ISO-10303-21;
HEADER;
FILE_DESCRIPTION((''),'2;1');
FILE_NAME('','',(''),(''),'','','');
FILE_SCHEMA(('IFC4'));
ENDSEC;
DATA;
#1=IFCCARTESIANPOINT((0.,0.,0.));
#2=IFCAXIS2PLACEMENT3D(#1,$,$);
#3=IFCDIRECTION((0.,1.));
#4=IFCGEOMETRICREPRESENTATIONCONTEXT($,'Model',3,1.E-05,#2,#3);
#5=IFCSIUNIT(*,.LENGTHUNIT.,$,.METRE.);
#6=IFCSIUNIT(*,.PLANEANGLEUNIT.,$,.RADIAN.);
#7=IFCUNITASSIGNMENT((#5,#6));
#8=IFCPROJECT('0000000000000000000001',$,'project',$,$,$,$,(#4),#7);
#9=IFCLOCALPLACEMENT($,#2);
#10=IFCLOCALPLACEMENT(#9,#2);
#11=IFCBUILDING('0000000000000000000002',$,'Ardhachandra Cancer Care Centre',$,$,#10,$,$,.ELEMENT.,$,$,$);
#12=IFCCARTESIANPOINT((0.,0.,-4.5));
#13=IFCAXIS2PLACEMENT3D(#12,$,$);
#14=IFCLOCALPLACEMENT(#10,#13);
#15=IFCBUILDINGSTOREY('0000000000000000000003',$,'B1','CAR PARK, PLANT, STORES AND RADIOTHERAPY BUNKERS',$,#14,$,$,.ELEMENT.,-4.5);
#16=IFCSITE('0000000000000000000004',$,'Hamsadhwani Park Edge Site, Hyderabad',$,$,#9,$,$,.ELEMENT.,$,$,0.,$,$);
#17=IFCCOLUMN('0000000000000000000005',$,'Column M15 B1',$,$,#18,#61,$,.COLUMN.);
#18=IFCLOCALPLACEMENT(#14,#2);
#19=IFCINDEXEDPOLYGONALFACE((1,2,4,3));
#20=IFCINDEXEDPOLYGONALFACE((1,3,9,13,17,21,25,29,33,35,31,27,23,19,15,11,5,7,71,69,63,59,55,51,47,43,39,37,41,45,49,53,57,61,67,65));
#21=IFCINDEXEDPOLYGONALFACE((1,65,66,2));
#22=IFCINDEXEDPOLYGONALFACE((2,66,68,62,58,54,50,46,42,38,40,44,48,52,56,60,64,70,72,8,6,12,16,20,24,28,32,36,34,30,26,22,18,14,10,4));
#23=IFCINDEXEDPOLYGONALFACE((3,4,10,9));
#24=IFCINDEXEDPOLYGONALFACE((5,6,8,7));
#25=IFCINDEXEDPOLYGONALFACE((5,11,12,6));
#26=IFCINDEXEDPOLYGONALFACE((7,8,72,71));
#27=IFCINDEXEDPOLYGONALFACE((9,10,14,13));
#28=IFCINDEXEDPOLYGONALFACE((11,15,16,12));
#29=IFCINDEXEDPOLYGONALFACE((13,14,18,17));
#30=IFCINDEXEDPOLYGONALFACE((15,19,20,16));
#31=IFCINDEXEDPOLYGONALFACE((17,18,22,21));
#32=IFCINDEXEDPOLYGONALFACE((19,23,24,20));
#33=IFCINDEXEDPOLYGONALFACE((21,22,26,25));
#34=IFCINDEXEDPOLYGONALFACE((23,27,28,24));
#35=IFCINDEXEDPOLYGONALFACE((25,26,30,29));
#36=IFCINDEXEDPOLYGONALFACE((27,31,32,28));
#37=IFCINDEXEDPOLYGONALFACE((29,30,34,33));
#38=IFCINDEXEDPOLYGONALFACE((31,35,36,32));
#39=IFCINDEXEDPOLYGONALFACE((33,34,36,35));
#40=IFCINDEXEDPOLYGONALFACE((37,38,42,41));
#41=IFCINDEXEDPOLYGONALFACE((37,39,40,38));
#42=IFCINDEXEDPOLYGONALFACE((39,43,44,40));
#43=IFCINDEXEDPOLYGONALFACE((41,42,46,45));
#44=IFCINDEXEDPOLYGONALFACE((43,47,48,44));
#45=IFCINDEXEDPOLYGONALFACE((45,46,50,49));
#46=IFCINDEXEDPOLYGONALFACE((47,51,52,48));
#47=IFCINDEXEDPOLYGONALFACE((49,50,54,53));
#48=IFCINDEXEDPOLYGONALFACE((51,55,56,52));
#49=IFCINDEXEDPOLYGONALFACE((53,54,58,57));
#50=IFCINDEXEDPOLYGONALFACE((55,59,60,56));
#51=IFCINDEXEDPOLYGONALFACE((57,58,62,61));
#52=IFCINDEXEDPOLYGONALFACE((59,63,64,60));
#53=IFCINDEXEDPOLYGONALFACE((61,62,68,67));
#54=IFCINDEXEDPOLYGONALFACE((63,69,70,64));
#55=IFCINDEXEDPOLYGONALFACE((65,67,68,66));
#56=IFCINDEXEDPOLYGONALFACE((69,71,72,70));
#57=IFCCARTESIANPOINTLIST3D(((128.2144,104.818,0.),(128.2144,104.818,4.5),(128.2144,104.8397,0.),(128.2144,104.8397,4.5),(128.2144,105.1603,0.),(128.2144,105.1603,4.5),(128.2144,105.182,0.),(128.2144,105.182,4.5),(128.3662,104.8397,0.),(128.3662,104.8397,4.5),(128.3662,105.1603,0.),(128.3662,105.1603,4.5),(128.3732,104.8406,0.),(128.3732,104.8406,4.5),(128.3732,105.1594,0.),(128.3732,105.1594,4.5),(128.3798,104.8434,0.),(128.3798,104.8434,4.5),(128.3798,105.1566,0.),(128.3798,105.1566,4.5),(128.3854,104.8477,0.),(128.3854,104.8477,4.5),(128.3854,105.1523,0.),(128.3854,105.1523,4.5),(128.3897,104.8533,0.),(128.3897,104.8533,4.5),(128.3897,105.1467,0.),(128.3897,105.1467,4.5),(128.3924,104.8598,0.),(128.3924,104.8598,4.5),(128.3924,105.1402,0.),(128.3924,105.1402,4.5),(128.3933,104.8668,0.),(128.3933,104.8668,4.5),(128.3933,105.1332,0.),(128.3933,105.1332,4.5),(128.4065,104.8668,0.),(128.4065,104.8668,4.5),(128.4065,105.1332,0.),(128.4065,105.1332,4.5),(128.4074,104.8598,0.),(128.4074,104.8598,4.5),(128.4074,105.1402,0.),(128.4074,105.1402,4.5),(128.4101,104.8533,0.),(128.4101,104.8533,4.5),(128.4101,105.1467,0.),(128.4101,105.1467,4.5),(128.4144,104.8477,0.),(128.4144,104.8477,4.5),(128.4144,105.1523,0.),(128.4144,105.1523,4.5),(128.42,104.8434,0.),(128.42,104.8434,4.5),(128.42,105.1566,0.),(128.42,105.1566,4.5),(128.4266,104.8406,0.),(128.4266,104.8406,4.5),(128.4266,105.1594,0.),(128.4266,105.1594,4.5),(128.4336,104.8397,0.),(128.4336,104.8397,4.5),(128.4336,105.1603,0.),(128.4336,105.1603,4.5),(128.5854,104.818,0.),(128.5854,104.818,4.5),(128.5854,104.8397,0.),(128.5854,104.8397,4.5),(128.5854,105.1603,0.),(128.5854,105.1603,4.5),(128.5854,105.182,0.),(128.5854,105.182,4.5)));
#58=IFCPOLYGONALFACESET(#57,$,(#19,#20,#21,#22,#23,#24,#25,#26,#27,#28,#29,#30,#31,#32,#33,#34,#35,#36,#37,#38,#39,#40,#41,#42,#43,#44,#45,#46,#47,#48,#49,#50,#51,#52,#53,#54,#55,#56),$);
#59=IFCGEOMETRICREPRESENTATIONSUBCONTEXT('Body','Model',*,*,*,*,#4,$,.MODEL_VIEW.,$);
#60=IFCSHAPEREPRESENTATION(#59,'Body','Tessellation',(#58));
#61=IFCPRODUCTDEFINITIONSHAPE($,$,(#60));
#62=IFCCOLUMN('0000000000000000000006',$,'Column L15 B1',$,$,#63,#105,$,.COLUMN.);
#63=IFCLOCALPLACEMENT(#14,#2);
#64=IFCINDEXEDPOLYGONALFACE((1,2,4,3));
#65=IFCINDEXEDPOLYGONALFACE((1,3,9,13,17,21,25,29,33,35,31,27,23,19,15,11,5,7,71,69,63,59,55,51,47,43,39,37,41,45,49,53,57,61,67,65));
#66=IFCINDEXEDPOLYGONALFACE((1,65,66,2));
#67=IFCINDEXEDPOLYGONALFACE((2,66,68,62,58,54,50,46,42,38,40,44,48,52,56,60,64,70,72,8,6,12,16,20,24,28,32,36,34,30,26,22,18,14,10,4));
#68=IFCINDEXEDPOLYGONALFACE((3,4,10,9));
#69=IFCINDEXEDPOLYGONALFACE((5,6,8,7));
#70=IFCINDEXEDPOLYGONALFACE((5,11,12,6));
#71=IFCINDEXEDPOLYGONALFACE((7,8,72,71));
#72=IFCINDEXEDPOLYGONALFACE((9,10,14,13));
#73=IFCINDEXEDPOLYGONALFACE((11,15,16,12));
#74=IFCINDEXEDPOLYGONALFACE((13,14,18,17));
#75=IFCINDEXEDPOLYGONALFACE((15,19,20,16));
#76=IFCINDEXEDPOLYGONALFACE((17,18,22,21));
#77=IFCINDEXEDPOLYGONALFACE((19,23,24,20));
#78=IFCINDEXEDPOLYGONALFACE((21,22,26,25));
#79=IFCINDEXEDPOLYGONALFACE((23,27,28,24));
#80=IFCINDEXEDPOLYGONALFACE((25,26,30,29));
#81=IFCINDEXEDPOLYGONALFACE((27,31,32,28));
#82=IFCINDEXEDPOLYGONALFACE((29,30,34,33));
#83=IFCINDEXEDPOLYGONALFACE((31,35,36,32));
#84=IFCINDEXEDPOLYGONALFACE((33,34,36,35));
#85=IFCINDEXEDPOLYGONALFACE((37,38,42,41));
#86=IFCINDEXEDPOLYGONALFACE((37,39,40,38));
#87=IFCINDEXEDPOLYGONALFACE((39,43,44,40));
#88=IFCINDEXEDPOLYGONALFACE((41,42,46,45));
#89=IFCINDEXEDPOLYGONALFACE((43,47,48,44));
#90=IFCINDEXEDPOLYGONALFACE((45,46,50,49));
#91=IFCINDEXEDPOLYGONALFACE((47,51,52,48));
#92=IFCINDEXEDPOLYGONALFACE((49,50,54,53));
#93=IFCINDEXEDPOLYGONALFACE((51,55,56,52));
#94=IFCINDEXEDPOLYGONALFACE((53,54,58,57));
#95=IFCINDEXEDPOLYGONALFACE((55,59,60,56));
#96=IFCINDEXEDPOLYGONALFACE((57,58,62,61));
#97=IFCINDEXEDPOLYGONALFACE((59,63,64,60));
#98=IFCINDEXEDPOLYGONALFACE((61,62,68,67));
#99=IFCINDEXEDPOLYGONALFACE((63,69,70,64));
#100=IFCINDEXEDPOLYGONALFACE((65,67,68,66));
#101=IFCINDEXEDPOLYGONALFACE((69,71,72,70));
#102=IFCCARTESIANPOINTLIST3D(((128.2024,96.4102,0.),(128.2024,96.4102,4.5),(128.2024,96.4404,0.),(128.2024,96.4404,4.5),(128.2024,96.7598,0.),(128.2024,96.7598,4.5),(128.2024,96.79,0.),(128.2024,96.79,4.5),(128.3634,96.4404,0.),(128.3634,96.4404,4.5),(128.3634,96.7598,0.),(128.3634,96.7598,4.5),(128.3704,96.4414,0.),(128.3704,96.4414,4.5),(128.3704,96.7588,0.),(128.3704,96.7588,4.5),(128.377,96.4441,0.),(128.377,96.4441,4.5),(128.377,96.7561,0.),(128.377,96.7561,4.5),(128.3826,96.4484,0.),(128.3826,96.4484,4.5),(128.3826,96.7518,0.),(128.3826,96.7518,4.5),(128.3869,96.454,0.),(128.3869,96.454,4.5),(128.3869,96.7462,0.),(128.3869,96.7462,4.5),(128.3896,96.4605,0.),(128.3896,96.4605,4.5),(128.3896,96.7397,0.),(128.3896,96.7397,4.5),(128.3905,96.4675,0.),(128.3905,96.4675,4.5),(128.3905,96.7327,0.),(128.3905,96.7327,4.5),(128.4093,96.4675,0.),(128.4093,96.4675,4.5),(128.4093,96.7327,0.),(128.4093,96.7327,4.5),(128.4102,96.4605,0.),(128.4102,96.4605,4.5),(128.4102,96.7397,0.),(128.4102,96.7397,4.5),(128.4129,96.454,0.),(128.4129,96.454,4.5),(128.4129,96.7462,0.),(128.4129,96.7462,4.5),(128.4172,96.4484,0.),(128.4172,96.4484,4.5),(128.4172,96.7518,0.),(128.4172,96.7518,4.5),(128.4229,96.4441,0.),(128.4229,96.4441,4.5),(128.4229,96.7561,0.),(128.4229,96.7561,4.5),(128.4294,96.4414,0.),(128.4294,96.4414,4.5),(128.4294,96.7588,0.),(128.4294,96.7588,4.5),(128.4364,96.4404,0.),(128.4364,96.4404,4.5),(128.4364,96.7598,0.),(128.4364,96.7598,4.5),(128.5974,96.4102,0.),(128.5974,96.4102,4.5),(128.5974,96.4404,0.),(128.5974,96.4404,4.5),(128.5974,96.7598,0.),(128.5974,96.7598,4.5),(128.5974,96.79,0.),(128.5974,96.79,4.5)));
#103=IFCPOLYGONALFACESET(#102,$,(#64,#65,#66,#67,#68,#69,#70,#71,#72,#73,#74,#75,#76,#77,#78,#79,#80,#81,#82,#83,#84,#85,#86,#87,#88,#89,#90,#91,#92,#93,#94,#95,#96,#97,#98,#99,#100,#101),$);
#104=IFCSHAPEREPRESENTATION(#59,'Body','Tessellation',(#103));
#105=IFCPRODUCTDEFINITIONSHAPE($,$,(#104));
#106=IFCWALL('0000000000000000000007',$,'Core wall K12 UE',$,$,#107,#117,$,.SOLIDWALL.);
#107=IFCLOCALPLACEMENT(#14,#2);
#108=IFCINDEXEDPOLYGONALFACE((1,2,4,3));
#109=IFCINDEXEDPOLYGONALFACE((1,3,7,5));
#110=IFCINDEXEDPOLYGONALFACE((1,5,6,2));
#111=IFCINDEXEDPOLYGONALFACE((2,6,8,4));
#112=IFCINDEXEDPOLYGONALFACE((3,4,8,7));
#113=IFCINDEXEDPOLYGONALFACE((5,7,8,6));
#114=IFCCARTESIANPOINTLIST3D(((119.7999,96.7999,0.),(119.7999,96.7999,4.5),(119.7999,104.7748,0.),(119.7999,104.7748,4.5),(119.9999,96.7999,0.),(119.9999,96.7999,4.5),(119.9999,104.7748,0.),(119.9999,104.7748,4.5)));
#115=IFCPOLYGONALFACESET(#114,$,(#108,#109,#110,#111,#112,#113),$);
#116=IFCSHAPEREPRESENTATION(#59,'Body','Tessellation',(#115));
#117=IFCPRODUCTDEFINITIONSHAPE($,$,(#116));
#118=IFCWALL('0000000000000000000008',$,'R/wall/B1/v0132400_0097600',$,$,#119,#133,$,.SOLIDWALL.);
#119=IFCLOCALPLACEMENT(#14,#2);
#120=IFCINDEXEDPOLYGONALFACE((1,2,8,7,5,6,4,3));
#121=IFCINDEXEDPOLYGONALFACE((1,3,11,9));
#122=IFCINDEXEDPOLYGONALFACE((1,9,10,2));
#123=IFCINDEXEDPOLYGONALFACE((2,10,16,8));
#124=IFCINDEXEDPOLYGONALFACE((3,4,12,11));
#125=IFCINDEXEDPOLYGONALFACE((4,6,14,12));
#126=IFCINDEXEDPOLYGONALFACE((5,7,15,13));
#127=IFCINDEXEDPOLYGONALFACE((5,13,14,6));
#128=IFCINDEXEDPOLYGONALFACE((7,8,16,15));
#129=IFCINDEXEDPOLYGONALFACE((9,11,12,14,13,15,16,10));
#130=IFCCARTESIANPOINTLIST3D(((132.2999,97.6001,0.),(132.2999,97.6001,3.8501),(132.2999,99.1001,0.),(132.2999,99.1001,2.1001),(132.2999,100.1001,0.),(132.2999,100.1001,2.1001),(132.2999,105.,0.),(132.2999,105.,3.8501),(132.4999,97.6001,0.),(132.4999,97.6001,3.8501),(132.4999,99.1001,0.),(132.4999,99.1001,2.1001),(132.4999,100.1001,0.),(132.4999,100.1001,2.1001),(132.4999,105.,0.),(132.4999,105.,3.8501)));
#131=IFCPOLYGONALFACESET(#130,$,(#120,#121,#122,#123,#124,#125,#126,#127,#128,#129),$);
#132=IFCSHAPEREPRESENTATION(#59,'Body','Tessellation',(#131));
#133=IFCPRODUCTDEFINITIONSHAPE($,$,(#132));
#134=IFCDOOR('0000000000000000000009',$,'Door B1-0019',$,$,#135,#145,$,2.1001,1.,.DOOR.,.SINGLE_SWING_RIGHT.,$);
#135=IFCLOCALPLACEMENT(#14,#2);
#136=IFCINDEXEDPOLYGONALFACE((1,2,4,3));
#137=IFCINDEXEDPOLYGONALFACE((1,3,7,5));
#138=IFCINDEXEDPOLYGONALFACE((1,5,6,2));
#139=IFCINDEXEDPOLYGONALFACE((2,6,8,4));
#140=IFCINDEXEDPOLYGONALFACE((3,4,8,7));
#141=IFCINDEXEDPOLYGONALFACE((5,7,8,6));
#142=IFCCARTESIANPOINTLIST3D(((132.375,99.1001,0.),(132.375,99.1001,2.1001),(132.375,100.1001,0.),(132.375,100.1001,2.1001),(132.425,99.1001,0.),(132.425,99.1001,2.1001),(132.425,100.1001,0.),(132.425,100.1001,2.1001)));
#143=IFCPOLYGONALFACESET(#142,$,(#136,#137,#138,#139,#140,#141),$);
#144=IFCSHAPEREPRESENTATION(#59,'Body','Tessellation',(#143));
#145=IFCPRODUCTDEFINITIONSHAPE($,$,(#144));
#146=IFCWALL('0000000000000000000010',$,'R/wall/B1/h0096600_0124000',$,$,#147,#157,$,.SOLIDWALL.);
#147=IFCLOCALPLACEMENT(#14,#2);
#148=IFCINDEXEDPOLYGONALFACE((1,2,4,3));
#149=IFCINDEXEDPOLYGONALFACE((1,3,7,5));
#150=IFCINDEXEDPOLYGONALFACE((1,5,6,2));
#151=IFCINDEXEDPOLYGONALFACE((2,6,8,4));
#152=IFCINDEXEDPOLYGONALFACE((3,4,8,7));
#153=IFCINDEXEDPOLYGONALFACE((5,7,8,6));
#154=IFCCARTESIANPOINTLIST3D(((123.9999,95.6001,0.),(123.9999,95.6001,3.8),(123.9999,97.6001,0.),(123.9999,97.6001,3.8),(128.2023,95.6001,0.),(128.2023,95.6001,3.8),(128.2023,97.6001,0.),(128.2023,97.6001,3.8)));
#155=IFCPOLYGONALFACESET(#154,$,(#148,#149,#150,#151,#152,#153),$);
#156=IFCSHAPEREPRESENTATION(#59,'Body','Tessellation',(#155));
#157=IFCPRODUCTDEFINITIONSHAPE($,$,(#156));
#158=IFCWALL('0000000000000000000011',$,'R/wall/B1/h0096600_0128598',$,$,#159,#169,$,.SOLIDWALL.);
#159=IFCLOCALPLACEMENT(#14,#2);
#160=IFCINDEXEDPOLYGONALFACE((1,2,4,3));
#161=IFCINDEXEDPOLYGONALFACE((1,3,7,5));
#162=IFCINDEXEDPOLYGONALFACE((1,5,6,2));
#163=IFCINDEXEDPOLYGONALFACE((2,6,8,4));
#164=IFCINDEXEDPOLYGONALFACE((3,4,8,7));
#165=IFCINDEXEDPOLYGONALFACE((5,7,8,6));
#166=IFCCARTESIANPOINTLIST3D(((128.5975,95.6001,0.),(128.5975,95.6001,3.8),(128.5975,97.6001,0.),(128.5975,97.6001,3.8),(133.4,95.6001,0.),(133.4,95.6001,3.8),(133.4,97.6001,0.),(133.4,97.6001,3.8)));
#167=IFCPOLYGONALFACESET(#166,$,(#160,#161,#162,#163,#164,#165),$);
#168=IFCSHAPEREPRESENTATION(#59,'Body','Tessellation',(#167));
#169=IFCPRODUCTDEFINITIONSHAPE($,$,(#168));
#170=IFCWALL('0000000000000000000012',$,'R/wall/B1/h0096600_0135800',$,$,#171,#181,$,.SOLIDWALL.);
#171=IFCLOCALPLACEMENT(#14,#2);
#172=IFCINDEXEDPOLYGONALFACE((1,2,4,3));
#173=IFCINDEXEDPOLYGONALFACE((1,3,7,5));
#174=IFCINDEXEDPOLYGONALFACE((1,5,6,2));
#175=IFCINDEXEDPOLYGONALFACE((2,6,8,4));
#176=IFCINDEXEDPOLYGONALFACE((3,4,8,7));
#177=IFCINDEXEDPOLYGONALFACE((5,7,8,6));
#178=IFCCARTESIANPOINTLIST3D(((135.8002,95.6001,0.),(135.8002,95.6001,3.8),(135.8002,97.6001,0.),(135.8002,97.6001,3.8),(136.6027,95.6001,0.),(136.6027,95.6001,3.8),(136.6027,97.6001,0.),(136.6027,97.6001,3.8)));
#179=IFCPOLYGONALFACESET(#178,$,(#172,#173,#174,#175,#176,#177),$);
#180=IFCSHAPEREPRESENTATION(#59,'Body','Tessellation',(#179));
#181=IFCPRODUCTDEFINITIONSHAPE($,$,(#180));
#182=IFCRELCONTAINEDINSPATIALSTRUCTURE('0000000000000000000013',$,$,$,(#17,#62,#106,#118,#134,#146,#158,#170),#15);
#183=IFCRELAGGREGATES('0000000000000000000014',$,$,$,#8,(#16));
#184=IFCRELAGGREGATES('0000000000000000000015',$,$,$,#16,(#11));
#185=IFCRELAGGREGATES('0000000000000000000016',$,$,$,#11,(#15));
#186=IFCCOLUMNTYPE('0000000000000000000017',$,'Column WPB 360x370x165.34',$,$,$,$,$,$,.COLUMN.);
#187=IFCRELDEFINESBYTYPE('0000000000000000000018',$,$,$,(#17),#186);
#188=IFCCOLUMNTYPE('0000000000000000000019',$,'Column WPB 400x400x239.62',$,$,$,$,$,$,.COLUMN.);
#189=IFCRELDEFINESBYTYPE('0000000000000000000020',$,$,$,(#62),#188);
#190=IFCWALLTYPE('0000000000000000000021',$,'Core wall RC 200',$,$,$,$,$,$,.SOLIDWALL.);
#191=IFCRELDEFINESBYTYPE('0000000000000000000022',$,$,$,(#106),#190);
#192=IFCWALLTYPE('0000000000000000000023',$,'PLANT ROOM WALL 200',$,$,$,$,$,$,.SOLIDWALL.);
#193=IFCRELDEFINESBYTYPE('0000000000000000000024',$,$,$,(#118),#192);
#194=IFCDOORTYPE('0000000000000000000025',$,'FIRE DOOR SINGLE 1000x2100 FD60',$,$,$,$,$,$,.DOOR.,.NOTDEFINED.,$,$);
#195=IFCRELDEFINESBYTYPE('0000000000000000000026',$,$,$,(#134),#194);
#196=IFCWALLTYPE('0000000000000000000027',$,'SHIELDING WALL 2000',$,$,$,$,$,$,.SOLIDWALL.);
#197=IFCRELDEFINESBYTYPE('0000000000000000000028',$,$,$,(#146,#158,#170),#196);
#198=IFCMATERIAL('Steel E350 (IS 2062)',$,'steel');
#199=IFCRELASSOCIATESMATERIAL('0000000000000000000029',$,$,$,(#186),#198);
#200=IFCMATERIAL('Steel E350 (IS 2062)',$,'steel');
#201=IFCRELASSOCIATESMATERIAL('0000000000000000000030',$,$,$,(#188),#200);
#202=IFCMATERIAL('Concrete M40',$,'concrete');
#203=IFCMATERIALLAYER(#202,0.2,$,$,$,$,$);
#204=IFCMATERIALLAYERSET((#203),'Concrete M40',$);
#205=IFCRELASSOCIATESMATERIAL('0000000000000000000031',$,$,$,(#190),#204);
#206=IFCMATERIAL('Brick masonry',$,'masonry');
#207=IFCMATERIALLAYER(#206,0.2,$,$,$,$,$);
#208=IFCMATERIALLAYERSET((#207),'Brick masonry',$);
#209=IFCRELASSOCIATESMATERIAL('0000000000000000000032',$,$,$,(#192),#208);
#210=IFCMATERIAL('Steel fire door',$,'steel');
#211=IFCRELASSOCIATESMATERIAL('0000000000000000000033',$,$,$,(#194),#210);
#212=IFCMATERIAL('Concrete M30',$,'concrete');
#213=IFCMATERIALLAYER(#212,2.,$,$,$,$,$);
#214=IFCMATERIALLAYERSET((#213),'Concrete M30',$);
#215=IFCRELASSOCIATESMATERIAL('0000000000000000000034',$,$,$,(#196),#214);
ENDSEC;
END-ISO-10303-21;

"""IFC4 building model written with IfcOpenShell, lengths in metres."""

from ifc_helpers import new_model, si_unit, direction, frame, frame_2d, origin, origin_2d, place, context, subcontext, project, spatial, rectangle, i_section, extrude, material, layer, layer_set, material_profile, profile_set, type_object, element, fill, save


model = new_model("IFC4")

# Units and contexts
model_context = context("Model", 3, precision=1e-05, world=origin(), true_north=direction((0.0, 1.0)))
body_context = subcontext(model_context, "Body", "Model", "MODEL_VIEW")
ifc_project = project(units=[si_unit("LENGTHUNIT", "METRE"), si_unit("PLANEANGLEUNIT", "RADIAN")], contexts=[model_context])

# Site, building, storey
site_placement = place(None, origin())
site = spatial("IfcSite", under=ifc_project, at=site_placement, Name="Hamsadhwani Park Edge Site, Hyderabad", CompositionType="ELEMENT", RefElevation=0.0)
building_placement = place(site_placement, origin())
building = spatial("IfcBuilding", under=site, at=building_placement, Name="Ardhachandra Cancer Care Centre", CompositionType="ELEMENT")
storey_placement = place(building_placement, frame((0.0, 0.0, -4.5)))
storey = spatial("IfcBuildingStorey", under=building, at=storey_placement, Name="B1", Description="CAR PARK, PLANT, STORES AND RADIOTHERAPY BUNKERS", CompositionType="ELEMENT", Elevation=-4.5)

# Columns
ifc_material_1 = material(Name="Steel E350 (IS 2062)", Category="steel")
ifc_material_profile_1 = material_profile(ifc_material_1, i_section(OverallWidth=0.3711, OverallDepth=0.364, WebThickness=0.0132, FlangeThickness=0.0217, FilletRadius=0.0271, at=origin_2d()), Name="WPB 360x370x165.34")
ifc_profile_set_1 = profile_set([ifc_material_profile_1], Name="Steel E350 (IS 2062)")
column_type_1 = type_object("IfcColumnType", Name="Column WPB 360x370x165.34", PredefinedType="COLUMN", material=ifc_profile_set_1)
column_1_placement = place(storey_placement, frame((128.3999, 105.0, 0.0), z_axis=(0.0, 0.0, 1.0), x_axis=(1.0, 0.0, 0.0)))
element("IfcColumn", 1, at=column_1_placement, inside=storey, type_object=column_type_1, Name="Column M15 B1", PredefinedType="COLUMN", context=body_context, shape_type="SweptSolid", body=[
    extrude(i_section(OverallWidth=0.3711, OverallDepth=0.364, WebThickness=0.0132, FlangeThickness=0.0217, FilletRadius=0.0271, at=origin_2d()), origin(), (0.0, 0.0, 1.0), 4.5),
])
ifc_material_2 = material(Name="Steel E350 (IS 2062)", Category="steel")
ifc_material_profile_2 = material_profile(ifc_material_2, i_section(OverallWidth=0.395, OverallDepth=0.3799, WebThickness=0.0188, FlangeThickness=0.0303, FilletRadius=0.0271, at=origin_2d()), Name="WPB 400x400x239.62")
ifc_profile_set_2 = profile_set([ifc_material_profile_2], Name="Steel E350 (IS 2062)")
column_type_2 = type_object("IfcColumnType", Name="Column WPB 400x400x239.62", PredefinedType="COLUMN", material=ifc_profile_set_2)
column_2_placement = place(storey_placement, frame((128.3999, 96.6001, 0.0), z_axis=(0.0, 0.0, 1.0), x_axis=(1.0, 0.0, 0.0)))
element("IfcColumn", 2, at=column_2_placement, inside=storey, type_object=column_type_2, Name="Column L15 B1", PredefinedType="COLUMN", context=body_context, shape_type="SweptSolid", body=[
    extrude(i_section(OverallWidth=0.395, OverallDepth=0.3799, WebThickness=0.0188, FlangeThickness=0.0303, FilletRadius=0.0271, at=origin_2d()), origin(), (0.0, 0.0, 1.0), 4.5),
])

# Wall
ifc_material_3 = material(Name="Concrete M40", Category="concrete")
ifc_layer_1 = layer(ifc_material_3, 0.2)
ifc_layer_set_1 = layer_set([ifc_layer_1], Name="Concrete M40")
wall_type_1 = type_object("IfcWallType", Name="Core wall RC 200", PredefinedType="SOLIDWALL", material=ifc_layer_set_1)
wall_1_placement = place(storey_placement, frame((119.8999, 96.8, 0.0), z_axis=(0.0, 0.0, 1.0), x_axis=(0.0, 1.0, 0.0)))
element("IfcWall", 3, at=wall_1_placement, inside=storey, type_object=wall_type_1, Name="Core wall K12 UE", PredefinedType="SOLIDWALL", context=body_context, shape_type="SweptSolid", body=[
    extrude(rectangle(XDim=7.9749, YDim=0.2, at=frame_2d((3.9873, 0.0))), origin(), (0.0, 0.0, 1.0), 4.5),
])

# Wall, opening, door
ifc_material_4 = material(Name="Brick masonry", Category="masonry")
ifc_layer_2 = layer(ifc_material_4, 0.2)
ifc_layer_set_2 = layer_set([ifc_layer_2], Name="Brick masonry")
wall_type_2 = type_object("IfcWallType", Name="PLANT ROOM WALL 200", PredefinedType="SOLIDWALL", material=ifc_layer_set_2)
wall_2_placement = place(storey_placement, frame((132.3999, 97.6001, 0.0), z_axis=(0.0, 0.0, 1.0), x_axis=(0.0, 1.0, 0.0)))
wall_2 = element("IfcWall", 4, at=wall_2_placement, inside=storey, type_object=wall_type_2, Name="R/wall/B1/v0132400_0097600", PredefinedType="SOLIDWALL", context=body_context, shape_type="SweptSolid", body=[
    extrude(rectangle(XDim=7.3999, YDim=0.2, at=frame_2d((3.7, 0.0))), origin(), (0.0, 0.0, 1.0), 3.8501),
])
opening_placement = place(wall_2_placement, frame((1.5, 0.0, 0.0)))
opening = element("IfcOpeningElement", 5, at=opening_placement, cuts=wall_2, PredefinedType="OPENING", context=body_context, shape_type="SweptSolid", body=[
    extrude(rectangle(XDim=1.0, YDim=2.1001, at=frame_2d((0.5, 1.05))), frame((0.0, 0.1099, 0.0), z_axis=(0.0, -1.0, 0.0), x_axis=(1.0, 0.0, 0.0)), (0.0, 0.0, 1.0), 0.22),
])
ifc_material_5 = material(Name="Steel fire door", Category="steel")
door_type = type_object("IfcDoorType", Name="FIRE DOOR SINGLE 1000x2100 FD60", OperationType="NOTDEFINED", PredefinedType="DOOR", material=ifc_material_5)
door_placement = place(opening_placement, origin())
door = element("IfcDoor", 6, at=door_placement, inside=storey, type_object=door_type, Name="Door B1-0019", OperationType="SINGLE_SWING_RIGHT", OverallHeight=2.1001, OverallWidth=1.0, PredefinedType="DOOR", context=body_context, shape_type="SweptSolid", body=[
    extrude(rectangle(XDim=1.0, YDim=2.1001, at=frame_2d((0.5, 1.05))), frame((0.0, 0.0249, 0.0), z_axis=(0.0, -1.0, 0.0), x_axis=(1.0, 0.0, 0.0)), (0.0, 0.0, 1.0), 0.05),
])
fill(opening, door)

# Walls
ifc_material_6 = material(Name="Concrete M30", Category="concrete")
ifc_layer_3 = layer(ifc_material_6, 2.0)
ifc_layer_set_3 = layer_set([ifc_layer_3], Name="Concrete M30")
wall_type_3 = type_object("IfcWallType", Name="SHIELDING WALL 2000", PredefinedType="SOLIDWALL", material=ifc_layer_set_3)
wall_3_placement = place(storey_placement, frame((124.0, 96.6001, 0.0), z_axis=(0.0, 0.0, 1.0), x_axis=(1.0, 0.0, 0.0)))
element("IfcWall", 7, at=wall_3_placement, inside=storey, type_object=wall_type_3, Name="R/wall/B1/h0096600_0124000", PredefinedType="SOLIDWALL", context=body_context, shape_type="SweptSolid", body=[
    extrude(rectangle(XDim=4.2024, YDim=2.0, at=frame_2d((2.1011, 0.0))), origin(), (0.0, 0.0, 1.0), 3.8),
])
wall_4_placement = place(storey_placement, frame((128.5974, 96.6001, 0.0), z_axis=(0.0, 0.0, 1.0), x_axis=(1.0, 0.0, 0.0)))
element("IfcWall", 8, at=wall_4_placement, inside=storey, type_object=wall_type_3, Name="R/wall/B1/h0096600_0128598", PredefinedType="SOLIDWALL", context=body_context, shape_type="SweptSolid", body=[
    extrude(rectangle(XDim=4.8025, YDim=2.0, at=frame_2d((2.4014, 0.0))), origin(), (0.0, 0.0, 1.0), 3.8),
])
wall_5_placement = place(storey_placement, frame((135.8, 96.6001, 0.0), z_axis=(0.0, 0.0, 1.0), x_axis=(1.0, 0.0, 0.0)))
element("IfcWall", 9, at=wall_5_placement, inside=storey, type_object=wall_type_3, Name="R/wall/B1/h0096600_0135800", PredefinedType="SOLIDWALL", context=body_context, shape_type="SweptSolid", body=[
    extrude(rectangle(XDim=0.8025, YDim=2.0, at=frame_2d((0.4014, 0.0))), origin(), (0.0, 0.0, 1.0), 3.8),
])

save(model, "model.ifc")
